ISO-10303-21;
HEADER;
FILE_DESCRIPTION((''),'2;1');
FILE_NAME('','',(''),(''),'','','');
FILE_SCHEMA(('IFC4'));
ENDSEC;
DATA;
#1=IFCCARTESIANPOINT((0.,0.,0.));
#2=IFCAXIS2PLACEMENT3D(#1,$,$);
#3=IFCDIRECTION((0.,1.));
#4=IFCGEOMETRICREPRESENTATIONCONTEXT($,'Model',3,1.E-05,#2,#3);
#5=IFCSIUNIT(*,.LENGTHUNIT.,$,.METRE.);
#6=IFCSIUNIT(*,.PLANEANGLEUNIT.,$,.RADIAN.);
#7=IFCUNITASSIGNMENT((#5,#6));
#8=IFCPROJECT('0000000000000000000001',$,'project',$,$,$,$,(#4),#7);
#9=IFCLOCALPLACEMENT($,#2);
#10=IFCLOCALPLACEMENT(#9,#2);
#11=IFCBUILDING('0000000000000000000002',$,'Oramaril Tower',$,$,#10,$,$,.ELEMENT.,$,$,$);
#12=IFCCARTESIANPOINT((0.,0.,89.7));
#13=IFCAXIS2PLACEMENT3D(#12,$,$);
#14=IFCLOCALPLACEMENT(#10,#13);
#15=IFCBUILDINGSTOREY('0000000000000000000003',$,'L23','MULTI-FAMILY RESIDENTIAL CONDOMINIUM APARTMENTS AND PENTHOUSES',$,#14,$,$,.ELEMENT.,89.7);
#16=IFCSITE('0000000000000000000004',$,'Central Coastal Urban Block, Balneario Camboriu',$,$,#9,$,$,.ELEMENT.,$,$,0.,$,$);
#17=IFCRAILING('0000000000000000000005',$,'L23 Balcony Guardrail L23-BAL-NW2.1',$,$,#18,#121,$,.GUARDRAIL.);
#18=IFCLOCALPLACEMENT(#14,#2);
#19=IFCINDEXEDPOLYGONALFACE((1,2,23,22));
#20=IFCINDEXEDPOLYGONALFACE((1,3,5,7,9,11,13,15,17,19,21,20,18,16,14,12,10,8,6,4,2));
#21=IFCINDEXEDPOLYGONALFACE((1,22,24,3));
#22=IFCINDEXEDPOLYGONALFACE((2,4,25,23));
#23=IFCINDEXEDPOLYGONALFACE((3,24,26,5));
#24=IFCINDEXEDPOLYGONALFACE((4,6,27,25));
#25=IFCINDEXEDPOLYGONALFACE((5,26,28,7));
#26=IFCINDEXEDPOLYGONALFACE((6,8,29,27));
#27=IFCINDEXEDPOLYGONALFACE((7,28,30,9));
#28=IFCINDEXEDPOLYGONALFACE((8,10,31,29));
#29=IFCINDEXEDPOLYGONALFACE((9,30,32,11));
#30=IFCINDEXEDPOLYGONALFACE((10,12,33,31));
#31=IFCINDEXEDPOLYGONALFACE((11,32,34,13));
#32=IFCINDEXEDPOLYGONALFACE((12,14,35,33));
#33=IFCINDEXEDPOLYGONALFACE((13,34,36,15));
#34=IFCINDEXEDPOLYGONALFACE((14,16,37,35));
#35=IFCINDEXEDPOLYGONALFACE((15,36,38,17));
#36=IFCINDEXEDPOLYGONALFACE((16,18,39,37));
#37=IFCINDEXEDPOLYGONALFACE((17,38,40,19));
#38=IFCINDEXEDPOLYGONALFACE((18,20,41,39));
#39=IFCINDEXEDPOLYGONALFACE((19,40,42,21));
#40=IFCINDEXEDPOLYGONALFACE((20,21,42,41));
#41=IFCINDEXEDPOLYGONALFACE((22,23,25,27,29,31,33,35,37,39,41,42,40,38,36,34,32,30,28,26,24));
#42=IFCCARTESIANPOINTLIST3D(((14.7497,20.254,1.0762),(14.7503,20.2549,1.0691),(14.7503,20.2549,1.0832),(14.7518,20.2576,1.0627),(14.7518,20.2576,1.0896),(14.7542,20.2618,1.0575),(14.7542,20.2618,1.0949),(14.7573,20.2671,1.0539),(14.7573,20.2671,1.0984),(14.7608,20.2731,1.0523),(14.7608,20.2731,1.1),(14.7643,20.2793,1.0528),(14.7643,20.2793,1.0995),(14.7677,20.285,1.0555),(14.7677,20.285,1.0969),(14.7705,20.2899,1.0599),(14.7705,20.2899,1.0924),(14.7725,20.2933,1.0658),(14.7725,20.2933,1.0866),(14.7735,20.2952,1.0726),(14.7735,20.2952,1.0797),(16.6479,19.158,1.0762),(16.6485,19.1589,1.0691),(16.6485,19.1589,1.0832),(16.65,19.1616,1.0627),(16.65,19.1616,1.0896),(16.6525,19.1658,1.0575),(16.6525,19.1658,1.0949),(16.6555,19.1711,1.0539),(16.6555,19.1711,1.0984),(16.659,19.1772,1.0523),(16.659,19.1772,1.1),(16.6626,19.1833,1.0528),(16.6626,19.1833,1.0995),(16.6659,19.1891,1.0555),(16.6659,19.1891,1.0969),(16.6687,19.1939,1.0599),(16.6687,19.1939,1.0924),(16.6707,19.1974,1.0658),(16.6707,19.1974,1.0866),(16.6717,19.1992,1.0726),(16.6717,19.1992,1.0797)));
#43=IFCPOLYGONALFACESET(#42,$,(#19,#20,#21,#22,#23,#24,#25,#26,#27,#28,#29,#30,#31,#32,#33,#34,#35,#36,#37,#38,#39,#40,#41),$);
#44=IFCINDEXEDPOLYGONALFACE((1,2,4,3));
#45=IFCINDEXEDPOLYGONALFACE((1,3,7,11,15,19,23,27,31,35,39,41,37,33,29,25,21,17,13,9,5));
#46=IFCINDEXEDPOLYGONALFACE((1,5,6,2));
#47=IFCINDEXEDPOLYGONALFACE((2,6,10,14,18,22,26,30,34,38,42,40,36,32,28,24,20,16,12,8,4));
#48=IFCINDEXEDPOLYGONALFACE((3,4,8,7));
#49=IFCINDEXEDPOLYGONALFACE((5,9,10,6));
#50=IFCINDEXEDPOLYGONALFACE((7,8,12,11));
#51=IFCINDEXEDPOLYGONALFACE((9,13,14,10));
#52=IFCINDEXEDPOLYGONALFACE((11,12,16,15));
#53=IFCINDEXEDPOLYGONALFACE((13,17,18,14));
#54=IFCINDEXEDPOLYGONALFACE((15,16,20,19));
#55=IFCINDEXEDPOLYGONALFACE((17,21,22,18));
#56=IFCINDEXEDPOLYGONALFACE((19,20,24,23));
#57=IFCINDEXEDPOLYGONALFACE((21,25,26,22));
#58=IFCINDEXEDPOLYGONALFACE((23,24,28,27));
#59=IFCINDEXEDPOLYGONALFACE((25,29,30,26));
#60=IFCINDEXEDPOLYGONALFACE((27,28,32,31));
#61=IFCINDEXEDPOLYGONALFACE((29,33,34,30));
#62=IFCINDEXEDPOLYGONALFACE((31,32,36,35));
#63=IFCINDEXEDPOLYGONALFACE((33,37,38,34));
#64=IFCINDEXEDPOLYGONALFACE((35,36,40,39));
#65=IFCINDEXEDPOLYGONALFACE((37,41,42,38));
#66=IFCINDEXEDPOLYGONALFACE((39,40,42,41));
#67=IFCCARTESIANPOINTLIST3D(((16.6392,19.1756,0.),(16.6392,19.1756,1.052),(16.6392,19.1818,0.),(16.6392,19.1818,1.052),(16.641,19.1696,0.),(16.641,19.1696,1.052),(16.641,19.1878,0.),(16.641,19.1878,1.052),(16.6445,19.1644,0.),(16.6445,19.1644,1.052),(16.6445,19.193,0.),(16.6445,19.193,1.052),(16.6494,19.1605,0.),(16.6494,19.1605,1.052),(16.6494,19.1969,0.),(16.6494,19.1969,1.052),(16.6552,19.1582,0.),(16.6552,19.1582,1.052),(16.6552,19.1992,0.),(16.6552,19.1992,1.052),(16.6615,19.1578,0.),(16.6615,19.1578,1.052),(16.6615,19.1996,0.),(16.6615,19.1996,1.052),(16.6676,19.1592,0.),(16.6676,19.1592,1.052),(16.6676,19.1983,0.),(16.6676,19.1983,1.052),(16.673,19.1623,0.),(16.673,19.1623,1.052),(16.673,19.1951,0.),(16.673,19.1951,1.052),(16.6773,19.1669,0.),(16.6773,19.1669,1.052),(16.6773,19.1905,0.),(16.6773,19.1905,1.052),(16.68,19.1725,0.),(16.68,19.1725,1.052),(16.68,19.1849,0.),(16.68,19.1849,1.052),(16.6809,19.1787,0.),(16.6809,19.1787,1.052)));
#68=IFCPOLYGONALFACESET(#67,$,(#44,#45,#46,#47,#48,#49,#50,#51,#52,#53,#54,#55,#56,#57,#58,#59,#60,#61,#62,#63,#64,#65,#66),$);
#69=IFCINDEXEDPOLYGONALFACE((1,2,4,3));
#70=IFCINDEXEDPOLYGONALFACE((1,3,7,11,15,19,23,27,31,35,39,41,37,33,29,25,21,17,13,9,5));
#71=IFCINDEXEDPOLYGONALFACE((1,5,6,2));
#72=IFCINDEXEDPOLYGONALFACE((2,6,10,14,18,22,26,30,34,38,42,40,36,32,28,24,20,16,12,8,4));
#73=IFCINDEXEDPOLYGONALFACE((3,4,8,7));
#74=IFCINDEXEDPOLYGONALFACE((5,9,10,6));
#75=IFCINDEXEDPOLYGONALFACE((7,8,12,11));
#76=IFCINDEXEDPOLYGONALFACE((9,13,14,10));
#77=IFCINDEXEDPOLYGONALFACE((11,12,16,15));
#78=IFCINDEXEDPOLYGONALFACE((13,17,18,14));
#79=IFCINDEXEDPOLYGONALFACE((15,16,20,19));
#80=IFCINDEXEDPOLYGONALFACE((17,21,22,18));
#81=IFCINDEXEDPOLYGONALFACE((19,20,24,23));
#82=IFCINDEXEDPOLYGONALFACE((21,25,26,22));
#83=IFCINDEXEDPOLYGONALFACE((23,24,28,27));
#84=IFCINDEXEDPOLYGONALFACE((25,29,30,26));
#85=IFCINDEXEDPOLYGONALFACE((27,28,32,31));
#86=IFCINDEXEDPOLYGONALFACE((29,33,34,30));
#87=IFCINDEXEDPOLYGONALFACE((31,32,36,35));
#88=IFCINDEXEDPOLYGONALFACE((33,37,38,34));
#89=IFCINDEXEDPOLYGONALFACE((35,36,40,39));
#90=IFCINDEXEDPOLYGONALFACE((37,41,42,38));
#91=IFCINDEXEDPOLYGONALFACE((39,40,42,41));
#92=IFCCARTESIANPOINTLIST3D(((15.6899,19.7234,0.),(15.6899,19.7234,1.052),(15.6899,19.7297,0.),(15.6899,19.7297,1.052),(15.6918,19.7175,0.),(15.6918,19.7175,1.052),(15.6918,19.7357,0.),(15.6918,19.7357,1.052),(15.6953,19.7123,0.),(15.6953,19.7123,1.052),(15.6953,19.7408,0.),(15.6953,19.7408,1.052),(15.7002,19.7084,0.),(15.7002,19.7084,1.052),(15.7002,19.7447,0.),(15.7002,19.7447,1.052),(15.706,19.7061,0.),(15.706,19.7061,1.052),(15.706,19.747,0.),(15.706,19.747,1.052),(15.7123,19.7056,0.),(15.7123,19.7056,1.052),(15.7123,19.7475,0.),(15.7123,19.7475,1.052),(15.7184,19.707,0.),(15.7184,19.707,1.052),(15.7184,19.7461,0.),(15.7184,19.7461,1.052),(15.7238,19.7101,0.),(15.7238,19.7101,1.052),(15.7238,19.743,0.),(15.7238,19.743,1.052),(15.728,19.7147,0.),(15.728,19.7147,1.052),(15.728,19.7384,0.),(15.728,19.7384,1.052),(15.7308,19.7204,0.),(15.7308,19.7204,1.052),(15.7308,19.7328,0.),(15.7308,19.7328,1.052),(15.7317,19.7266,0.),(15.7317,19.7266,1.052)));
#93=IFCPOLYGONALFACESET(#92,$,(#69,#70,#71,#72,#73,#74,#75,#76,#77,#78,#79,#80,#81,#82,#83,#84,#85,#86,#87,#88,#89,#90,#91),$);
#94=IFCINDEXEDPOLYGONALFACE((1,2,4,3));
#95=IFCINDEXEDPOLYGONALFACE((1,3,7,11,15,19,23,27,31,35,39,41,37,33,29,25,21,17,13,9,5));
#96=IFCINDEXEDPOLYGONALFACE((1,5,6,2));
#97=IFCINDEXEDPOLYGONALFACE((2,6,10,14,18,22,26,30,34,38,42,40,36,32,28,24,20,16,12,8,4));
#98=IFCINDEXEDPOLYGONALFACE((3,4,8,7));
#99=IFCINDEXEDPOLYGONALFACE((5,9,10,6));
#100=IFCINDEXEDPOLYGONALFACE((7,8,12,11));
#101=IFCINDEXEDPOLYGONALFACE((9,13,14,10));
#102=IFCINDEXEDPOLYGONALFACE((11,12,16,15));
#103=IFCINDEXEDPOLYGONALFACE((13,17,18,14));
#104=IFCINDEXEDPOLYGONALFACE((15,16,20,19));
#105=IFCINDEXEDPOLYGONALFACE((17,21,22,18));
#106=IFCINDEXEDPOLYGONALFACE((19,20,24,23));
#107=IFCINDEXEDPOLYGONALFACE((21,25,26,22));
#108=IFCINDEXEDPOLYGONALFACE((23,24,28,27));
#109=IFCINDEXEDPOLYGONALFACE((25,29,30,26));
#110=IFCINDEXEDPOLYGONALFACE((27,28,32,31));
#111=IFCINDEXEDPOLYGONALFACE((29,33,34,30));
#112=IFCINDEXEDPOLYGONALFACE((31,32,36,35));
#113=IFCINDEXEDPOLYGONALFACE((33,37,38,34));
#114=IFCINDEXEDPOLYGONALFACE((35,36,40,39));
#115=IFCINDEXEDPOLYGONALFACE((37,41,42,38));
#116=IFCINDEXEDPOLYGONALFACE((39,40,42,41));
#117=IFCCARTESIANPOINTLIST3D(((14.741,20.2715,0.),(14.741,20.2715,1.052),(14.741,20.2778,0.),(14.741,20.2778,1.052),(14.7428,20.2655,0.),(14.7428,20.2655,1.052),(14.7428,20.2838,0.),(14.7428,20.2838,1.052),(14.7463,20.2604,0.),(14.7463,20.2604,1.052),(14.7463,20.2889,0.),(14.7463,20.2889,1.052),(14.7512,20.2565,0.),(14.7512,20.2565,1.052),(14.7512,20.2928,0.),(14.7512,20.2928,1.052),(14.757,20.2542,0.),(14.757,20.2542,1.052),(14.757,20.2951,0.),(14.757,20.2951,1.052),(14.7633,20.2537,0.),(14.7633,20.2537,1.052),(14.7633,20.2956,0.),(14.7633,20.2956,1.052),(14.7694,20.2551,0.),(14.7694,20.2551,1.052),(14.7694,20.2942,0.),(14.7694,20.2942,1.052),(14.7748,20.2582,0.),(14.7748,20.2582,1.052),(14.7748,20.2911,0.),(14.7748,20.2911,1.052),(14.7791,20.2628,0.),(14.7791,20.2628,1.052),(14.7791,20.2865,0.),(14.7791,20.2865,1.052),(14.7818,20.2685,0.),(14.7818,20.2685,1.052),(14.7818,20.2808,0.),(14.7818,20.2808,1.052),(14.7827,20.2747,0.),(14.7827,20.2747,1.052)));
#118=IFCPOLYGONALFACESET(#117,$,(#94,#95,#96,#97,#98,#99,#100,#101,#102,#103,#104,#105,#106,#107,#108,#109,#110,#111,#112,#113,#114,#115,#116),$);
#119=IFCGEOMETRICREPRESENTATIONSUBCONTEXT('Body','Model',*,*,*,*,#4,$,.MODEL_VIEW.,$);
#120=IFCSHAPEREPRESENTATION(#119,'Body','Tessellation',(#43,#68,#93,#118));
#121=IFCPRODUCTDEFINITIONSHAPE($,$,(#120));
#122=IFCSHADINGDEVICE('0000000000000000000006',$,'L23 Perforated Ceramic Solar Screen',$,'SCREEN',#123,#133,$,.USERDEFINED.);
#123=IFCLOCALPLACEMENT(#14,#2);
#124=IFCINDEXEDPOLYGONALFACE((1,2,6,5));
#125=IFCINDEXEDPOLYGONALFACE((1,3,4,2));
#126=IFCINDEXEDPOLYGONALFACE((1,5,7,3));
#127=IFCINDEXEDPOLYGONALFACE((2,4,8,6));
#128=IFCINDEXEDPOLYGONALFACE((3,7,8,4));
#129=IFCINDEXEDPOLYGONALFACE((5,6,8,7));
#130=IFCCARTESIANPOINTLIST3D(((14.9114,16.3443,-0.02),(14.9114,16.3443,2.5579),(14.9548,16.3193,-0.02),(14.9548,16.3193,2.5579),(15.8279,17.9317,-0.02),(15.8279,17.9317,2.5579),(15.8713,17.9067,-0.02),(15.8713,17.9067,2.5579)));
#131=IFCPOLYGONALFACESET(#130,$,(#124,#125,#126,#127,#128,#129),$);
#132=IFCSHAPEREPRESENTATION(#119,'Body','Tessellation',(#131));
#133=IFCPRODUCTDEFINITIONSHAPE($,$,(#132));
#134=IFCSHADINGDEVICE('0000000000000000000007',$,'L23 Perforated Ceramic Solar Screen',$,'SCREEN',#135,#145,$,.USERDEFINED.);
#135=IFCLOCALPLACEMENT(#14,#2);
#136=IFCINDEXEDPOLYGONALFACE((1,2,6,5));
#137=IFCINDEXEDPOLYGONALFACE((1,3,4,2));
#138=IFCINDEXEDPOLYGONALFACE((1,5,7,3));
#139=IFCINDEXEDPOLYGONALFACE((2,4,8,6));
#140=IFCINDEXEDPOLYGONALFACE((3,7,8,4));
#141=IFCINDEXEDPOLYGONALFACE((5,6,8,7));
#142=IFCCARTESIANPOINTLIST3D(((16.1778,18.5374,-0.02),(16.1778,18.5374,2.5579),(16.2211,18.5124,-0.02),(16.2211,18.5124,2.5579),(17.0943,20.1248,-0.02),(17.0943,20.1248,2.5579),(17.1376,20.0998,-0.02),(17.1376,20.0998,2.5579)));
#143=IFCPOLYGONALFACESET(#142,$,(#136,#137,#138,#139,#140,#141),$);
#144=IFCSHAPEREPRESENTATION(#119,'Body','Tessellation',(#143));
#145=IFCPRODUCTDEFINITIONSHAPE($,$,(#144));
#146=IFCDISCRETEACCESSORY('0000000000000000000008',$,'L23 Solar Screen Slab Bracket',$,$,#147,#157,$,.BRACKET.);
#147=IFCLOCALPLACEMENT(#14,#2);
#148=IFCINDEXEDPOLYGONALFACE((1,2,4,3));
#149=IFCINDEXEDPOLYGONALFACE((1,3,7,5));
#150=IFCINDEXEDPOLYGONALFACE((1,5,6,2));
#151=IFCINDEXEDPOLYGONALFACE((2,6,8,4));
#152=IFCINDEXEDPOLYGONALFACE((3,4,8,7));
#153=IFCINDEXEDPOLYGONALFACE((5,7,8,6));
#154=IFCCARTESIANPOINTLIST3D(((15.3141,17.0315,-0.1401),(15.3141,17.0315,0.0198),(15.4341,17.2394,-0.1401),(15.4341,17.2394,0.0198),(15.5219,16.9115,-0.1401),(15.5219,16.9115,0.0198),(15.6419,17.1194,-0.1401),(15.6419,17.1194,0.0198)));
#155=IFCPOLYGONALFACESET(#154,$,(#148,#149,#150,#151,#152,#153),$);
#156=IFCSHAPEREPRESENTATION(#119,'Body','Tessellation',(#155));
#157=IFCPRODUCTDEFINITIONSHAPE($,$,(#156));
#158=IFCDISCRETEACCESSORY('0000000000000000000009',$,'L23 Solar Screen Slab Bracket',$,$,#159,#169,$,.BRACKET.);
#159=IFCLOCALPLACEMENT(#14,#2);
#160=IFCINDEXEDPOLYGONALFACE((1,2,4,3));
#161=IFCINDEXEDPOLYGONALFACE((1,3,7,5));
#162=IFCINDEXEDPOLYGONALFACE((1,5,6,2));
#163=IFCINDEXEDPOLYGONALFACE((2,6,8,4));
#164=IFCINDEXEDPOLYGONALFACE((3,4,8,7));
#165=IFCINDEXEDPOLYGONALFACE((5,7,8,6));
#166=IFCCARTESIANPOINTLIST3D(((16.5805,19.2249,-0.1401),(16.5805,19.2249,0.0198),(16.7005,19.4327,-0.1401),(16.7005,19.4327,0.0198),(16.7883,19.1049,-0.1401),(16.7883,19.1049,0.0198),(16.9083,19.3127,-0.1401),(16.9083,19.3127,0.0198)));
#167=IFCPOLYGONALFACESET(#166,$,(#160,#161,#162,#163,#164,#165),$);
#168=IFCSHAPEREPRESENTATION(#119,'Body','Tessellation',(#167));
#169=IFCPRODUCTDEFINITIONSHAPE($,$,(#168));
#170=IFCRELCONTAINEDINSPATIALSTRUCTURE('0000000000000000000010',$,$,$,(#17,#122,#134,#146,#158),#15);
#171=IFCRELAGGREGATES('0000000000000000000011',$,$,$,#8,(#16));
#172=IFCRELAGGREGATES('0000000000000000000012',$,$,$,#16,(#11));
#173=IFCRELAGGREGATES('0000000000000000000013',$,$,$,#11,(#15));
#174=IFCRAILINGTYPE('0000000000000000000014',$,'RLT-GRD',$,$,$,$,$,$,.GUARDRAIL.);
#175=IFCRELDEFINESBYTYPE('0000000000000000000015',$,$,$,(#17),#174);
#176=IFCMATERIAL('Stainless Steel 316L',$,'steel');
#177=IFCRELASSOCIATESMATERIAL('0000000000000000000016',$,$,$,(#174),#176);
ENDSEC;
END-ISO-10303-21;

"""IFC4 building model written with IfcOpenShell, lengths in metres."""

from ifc_helpers import new_model, si_unit, direction, frame, origin, origin_2d, place, context, subcontext, project, spatial, rectangle, circle, extrude, material, type_object, element, save


model = new_model("IFC4")

# Units and contexts
model_context = context("Model", 3, precision=1e-05, world=origin(), true_north=direction((0.0, 1.0)))
body_context = subcontext(model_context, "Body", "Model", "MODEL_VIEW")
ifc_project = project(units=[si_unit("LENGTHUNIT", "METRE"), si_unit("PLANEANGLEUNIT", "RADIAN")], contexts=[model_context])

# Site, building, storey
site_placement = place(None, origin())
site = spatial("IfcSite", under=ifc_project, at=site_placement, Name="Central Coastal Urban Block, Balneario Camboriu", CompositionType="ELEMENT", RefElevation=0.0)
building_placement = place(site_placement, origin())
building = spatial("IfcBuilding", under=site, at=building_placement, Name="Oramaril Tower", CompositionType="ELEMENT")
storey_placement = place(building_placement, frame((0.0, 0.0, 89.7)))
storey = spatial("IfcBuildingStorey", under=building, at=storey_placement, Name="L23", Description="MULTI-FAMILY RESIDENTIAL CONDOMINIUM APARTMENTS AND PENTHOUSES", CompositionType="ELEMENT", Elevation=89.7)

# Railing
ifc_material_1 = material(Name="Stainless Steel 316L", Category="steel")
railing_type = type_object("IfcRailingType", Name="RLT-GRD", PredefinedType="GUARDRAIL", material=ifc_material_1)
railing_1_placement = place(storey_placement, frame((16.6599, 19.1787, 0.0)))
element("IfcRailing", 1, at=railing_1_placement, inside=storey, type_object=railing_type, Name="L23 Balcony Guardrail L23-BAL-NW2.1", PredefinedType="GUARDRAIL", context=body_context, shape_type="SweptSolid", body=[
    extrude(circle(Radius=0.0239, at=origin_2d()), frame((0.0, 0.0, 1.0762), z_axis=(-0.866021, 0.500008, 0.0), x_axis=(-0.500008, -0.866021, 0.0)), (0.0, 0.0, 1.0), 2.1919),
    extrude(circle(Radius=0.021, at=origin_2d()), origin(), (0.0, 0.0, 1.0), 1.052),
    extrude(circle(Radius=0.021, at=origin_2d()), frame((-0.9492, 0.5479, 0.0)), (0.0, 0.0, 1.0), 1.052),
    extrude(circle(Radius=0.021, at=origin_2d()), frame((-1.8982, 1.0959, 0.0)), (0.0, 0.0, 1.0), 1.052),
])

# Shading devices
for number, where, z_axis, x_axis, name in (
    (2, (15.3914, 17.1255, -0.02), (0.0, 0.0, 1.0), (-0.5, -0.866025, 0.0), "L23 Perforated Ceramic Solar Screen"),
    (3, (16.6577, 19.3186, -0.02), (0.0, 0.0, 1.0), (-0.5, -0.866025, 0.0), "L23 Perforated Ceramic Solar Screen"),
):
    element("IfcShadingDevice", number, at=place(storey_placement, frame(where, z_axis=z_axis, x_axis=x_axis)), inside=storey, Name=name, ObjectType="SCREEN", PredefinedType="USERDEFINED", context=body_context, shape_type="SweptSolid", body=[
        extrude(rectangle(XDim=1.833, YDim=0.05, at=origin_2d()), origin(), (0.0, 0.0, 1.0), 2.5779),
    ])

# Discrete accessories
for number, where, z_axis, x_axis, name in (
    (4, (15.478, 17.0754, -0.1401), (0.0, 0.0, 1.0), (-0.5, -0.866025, 0.0), "L23 Solar Screen Slab Bracket"),
    (5, (16.7444, 19.2688, -0.1401), (0.0, 0.0, 1.0), (-0.5, -0.866025, 0.0), "L23 Solar Screen Slab Bracket"),
):
    element("IfcDiscreteAccessory", number, at=place(storey_placement, frame(where, z_axis=z_axis, x_axis=x_axis)), inside=storey, Name=name, PredefinedType="BRACKET", context=body_context, shape_type="SweptSolid", body=[
        extrude(rectangle(XDim=0.24, YDim=0.24, at=origin_2d()), origin(), (0.0, 0.0, 1.0), 0.1599),
    ])

save(model, "model.ifc")
